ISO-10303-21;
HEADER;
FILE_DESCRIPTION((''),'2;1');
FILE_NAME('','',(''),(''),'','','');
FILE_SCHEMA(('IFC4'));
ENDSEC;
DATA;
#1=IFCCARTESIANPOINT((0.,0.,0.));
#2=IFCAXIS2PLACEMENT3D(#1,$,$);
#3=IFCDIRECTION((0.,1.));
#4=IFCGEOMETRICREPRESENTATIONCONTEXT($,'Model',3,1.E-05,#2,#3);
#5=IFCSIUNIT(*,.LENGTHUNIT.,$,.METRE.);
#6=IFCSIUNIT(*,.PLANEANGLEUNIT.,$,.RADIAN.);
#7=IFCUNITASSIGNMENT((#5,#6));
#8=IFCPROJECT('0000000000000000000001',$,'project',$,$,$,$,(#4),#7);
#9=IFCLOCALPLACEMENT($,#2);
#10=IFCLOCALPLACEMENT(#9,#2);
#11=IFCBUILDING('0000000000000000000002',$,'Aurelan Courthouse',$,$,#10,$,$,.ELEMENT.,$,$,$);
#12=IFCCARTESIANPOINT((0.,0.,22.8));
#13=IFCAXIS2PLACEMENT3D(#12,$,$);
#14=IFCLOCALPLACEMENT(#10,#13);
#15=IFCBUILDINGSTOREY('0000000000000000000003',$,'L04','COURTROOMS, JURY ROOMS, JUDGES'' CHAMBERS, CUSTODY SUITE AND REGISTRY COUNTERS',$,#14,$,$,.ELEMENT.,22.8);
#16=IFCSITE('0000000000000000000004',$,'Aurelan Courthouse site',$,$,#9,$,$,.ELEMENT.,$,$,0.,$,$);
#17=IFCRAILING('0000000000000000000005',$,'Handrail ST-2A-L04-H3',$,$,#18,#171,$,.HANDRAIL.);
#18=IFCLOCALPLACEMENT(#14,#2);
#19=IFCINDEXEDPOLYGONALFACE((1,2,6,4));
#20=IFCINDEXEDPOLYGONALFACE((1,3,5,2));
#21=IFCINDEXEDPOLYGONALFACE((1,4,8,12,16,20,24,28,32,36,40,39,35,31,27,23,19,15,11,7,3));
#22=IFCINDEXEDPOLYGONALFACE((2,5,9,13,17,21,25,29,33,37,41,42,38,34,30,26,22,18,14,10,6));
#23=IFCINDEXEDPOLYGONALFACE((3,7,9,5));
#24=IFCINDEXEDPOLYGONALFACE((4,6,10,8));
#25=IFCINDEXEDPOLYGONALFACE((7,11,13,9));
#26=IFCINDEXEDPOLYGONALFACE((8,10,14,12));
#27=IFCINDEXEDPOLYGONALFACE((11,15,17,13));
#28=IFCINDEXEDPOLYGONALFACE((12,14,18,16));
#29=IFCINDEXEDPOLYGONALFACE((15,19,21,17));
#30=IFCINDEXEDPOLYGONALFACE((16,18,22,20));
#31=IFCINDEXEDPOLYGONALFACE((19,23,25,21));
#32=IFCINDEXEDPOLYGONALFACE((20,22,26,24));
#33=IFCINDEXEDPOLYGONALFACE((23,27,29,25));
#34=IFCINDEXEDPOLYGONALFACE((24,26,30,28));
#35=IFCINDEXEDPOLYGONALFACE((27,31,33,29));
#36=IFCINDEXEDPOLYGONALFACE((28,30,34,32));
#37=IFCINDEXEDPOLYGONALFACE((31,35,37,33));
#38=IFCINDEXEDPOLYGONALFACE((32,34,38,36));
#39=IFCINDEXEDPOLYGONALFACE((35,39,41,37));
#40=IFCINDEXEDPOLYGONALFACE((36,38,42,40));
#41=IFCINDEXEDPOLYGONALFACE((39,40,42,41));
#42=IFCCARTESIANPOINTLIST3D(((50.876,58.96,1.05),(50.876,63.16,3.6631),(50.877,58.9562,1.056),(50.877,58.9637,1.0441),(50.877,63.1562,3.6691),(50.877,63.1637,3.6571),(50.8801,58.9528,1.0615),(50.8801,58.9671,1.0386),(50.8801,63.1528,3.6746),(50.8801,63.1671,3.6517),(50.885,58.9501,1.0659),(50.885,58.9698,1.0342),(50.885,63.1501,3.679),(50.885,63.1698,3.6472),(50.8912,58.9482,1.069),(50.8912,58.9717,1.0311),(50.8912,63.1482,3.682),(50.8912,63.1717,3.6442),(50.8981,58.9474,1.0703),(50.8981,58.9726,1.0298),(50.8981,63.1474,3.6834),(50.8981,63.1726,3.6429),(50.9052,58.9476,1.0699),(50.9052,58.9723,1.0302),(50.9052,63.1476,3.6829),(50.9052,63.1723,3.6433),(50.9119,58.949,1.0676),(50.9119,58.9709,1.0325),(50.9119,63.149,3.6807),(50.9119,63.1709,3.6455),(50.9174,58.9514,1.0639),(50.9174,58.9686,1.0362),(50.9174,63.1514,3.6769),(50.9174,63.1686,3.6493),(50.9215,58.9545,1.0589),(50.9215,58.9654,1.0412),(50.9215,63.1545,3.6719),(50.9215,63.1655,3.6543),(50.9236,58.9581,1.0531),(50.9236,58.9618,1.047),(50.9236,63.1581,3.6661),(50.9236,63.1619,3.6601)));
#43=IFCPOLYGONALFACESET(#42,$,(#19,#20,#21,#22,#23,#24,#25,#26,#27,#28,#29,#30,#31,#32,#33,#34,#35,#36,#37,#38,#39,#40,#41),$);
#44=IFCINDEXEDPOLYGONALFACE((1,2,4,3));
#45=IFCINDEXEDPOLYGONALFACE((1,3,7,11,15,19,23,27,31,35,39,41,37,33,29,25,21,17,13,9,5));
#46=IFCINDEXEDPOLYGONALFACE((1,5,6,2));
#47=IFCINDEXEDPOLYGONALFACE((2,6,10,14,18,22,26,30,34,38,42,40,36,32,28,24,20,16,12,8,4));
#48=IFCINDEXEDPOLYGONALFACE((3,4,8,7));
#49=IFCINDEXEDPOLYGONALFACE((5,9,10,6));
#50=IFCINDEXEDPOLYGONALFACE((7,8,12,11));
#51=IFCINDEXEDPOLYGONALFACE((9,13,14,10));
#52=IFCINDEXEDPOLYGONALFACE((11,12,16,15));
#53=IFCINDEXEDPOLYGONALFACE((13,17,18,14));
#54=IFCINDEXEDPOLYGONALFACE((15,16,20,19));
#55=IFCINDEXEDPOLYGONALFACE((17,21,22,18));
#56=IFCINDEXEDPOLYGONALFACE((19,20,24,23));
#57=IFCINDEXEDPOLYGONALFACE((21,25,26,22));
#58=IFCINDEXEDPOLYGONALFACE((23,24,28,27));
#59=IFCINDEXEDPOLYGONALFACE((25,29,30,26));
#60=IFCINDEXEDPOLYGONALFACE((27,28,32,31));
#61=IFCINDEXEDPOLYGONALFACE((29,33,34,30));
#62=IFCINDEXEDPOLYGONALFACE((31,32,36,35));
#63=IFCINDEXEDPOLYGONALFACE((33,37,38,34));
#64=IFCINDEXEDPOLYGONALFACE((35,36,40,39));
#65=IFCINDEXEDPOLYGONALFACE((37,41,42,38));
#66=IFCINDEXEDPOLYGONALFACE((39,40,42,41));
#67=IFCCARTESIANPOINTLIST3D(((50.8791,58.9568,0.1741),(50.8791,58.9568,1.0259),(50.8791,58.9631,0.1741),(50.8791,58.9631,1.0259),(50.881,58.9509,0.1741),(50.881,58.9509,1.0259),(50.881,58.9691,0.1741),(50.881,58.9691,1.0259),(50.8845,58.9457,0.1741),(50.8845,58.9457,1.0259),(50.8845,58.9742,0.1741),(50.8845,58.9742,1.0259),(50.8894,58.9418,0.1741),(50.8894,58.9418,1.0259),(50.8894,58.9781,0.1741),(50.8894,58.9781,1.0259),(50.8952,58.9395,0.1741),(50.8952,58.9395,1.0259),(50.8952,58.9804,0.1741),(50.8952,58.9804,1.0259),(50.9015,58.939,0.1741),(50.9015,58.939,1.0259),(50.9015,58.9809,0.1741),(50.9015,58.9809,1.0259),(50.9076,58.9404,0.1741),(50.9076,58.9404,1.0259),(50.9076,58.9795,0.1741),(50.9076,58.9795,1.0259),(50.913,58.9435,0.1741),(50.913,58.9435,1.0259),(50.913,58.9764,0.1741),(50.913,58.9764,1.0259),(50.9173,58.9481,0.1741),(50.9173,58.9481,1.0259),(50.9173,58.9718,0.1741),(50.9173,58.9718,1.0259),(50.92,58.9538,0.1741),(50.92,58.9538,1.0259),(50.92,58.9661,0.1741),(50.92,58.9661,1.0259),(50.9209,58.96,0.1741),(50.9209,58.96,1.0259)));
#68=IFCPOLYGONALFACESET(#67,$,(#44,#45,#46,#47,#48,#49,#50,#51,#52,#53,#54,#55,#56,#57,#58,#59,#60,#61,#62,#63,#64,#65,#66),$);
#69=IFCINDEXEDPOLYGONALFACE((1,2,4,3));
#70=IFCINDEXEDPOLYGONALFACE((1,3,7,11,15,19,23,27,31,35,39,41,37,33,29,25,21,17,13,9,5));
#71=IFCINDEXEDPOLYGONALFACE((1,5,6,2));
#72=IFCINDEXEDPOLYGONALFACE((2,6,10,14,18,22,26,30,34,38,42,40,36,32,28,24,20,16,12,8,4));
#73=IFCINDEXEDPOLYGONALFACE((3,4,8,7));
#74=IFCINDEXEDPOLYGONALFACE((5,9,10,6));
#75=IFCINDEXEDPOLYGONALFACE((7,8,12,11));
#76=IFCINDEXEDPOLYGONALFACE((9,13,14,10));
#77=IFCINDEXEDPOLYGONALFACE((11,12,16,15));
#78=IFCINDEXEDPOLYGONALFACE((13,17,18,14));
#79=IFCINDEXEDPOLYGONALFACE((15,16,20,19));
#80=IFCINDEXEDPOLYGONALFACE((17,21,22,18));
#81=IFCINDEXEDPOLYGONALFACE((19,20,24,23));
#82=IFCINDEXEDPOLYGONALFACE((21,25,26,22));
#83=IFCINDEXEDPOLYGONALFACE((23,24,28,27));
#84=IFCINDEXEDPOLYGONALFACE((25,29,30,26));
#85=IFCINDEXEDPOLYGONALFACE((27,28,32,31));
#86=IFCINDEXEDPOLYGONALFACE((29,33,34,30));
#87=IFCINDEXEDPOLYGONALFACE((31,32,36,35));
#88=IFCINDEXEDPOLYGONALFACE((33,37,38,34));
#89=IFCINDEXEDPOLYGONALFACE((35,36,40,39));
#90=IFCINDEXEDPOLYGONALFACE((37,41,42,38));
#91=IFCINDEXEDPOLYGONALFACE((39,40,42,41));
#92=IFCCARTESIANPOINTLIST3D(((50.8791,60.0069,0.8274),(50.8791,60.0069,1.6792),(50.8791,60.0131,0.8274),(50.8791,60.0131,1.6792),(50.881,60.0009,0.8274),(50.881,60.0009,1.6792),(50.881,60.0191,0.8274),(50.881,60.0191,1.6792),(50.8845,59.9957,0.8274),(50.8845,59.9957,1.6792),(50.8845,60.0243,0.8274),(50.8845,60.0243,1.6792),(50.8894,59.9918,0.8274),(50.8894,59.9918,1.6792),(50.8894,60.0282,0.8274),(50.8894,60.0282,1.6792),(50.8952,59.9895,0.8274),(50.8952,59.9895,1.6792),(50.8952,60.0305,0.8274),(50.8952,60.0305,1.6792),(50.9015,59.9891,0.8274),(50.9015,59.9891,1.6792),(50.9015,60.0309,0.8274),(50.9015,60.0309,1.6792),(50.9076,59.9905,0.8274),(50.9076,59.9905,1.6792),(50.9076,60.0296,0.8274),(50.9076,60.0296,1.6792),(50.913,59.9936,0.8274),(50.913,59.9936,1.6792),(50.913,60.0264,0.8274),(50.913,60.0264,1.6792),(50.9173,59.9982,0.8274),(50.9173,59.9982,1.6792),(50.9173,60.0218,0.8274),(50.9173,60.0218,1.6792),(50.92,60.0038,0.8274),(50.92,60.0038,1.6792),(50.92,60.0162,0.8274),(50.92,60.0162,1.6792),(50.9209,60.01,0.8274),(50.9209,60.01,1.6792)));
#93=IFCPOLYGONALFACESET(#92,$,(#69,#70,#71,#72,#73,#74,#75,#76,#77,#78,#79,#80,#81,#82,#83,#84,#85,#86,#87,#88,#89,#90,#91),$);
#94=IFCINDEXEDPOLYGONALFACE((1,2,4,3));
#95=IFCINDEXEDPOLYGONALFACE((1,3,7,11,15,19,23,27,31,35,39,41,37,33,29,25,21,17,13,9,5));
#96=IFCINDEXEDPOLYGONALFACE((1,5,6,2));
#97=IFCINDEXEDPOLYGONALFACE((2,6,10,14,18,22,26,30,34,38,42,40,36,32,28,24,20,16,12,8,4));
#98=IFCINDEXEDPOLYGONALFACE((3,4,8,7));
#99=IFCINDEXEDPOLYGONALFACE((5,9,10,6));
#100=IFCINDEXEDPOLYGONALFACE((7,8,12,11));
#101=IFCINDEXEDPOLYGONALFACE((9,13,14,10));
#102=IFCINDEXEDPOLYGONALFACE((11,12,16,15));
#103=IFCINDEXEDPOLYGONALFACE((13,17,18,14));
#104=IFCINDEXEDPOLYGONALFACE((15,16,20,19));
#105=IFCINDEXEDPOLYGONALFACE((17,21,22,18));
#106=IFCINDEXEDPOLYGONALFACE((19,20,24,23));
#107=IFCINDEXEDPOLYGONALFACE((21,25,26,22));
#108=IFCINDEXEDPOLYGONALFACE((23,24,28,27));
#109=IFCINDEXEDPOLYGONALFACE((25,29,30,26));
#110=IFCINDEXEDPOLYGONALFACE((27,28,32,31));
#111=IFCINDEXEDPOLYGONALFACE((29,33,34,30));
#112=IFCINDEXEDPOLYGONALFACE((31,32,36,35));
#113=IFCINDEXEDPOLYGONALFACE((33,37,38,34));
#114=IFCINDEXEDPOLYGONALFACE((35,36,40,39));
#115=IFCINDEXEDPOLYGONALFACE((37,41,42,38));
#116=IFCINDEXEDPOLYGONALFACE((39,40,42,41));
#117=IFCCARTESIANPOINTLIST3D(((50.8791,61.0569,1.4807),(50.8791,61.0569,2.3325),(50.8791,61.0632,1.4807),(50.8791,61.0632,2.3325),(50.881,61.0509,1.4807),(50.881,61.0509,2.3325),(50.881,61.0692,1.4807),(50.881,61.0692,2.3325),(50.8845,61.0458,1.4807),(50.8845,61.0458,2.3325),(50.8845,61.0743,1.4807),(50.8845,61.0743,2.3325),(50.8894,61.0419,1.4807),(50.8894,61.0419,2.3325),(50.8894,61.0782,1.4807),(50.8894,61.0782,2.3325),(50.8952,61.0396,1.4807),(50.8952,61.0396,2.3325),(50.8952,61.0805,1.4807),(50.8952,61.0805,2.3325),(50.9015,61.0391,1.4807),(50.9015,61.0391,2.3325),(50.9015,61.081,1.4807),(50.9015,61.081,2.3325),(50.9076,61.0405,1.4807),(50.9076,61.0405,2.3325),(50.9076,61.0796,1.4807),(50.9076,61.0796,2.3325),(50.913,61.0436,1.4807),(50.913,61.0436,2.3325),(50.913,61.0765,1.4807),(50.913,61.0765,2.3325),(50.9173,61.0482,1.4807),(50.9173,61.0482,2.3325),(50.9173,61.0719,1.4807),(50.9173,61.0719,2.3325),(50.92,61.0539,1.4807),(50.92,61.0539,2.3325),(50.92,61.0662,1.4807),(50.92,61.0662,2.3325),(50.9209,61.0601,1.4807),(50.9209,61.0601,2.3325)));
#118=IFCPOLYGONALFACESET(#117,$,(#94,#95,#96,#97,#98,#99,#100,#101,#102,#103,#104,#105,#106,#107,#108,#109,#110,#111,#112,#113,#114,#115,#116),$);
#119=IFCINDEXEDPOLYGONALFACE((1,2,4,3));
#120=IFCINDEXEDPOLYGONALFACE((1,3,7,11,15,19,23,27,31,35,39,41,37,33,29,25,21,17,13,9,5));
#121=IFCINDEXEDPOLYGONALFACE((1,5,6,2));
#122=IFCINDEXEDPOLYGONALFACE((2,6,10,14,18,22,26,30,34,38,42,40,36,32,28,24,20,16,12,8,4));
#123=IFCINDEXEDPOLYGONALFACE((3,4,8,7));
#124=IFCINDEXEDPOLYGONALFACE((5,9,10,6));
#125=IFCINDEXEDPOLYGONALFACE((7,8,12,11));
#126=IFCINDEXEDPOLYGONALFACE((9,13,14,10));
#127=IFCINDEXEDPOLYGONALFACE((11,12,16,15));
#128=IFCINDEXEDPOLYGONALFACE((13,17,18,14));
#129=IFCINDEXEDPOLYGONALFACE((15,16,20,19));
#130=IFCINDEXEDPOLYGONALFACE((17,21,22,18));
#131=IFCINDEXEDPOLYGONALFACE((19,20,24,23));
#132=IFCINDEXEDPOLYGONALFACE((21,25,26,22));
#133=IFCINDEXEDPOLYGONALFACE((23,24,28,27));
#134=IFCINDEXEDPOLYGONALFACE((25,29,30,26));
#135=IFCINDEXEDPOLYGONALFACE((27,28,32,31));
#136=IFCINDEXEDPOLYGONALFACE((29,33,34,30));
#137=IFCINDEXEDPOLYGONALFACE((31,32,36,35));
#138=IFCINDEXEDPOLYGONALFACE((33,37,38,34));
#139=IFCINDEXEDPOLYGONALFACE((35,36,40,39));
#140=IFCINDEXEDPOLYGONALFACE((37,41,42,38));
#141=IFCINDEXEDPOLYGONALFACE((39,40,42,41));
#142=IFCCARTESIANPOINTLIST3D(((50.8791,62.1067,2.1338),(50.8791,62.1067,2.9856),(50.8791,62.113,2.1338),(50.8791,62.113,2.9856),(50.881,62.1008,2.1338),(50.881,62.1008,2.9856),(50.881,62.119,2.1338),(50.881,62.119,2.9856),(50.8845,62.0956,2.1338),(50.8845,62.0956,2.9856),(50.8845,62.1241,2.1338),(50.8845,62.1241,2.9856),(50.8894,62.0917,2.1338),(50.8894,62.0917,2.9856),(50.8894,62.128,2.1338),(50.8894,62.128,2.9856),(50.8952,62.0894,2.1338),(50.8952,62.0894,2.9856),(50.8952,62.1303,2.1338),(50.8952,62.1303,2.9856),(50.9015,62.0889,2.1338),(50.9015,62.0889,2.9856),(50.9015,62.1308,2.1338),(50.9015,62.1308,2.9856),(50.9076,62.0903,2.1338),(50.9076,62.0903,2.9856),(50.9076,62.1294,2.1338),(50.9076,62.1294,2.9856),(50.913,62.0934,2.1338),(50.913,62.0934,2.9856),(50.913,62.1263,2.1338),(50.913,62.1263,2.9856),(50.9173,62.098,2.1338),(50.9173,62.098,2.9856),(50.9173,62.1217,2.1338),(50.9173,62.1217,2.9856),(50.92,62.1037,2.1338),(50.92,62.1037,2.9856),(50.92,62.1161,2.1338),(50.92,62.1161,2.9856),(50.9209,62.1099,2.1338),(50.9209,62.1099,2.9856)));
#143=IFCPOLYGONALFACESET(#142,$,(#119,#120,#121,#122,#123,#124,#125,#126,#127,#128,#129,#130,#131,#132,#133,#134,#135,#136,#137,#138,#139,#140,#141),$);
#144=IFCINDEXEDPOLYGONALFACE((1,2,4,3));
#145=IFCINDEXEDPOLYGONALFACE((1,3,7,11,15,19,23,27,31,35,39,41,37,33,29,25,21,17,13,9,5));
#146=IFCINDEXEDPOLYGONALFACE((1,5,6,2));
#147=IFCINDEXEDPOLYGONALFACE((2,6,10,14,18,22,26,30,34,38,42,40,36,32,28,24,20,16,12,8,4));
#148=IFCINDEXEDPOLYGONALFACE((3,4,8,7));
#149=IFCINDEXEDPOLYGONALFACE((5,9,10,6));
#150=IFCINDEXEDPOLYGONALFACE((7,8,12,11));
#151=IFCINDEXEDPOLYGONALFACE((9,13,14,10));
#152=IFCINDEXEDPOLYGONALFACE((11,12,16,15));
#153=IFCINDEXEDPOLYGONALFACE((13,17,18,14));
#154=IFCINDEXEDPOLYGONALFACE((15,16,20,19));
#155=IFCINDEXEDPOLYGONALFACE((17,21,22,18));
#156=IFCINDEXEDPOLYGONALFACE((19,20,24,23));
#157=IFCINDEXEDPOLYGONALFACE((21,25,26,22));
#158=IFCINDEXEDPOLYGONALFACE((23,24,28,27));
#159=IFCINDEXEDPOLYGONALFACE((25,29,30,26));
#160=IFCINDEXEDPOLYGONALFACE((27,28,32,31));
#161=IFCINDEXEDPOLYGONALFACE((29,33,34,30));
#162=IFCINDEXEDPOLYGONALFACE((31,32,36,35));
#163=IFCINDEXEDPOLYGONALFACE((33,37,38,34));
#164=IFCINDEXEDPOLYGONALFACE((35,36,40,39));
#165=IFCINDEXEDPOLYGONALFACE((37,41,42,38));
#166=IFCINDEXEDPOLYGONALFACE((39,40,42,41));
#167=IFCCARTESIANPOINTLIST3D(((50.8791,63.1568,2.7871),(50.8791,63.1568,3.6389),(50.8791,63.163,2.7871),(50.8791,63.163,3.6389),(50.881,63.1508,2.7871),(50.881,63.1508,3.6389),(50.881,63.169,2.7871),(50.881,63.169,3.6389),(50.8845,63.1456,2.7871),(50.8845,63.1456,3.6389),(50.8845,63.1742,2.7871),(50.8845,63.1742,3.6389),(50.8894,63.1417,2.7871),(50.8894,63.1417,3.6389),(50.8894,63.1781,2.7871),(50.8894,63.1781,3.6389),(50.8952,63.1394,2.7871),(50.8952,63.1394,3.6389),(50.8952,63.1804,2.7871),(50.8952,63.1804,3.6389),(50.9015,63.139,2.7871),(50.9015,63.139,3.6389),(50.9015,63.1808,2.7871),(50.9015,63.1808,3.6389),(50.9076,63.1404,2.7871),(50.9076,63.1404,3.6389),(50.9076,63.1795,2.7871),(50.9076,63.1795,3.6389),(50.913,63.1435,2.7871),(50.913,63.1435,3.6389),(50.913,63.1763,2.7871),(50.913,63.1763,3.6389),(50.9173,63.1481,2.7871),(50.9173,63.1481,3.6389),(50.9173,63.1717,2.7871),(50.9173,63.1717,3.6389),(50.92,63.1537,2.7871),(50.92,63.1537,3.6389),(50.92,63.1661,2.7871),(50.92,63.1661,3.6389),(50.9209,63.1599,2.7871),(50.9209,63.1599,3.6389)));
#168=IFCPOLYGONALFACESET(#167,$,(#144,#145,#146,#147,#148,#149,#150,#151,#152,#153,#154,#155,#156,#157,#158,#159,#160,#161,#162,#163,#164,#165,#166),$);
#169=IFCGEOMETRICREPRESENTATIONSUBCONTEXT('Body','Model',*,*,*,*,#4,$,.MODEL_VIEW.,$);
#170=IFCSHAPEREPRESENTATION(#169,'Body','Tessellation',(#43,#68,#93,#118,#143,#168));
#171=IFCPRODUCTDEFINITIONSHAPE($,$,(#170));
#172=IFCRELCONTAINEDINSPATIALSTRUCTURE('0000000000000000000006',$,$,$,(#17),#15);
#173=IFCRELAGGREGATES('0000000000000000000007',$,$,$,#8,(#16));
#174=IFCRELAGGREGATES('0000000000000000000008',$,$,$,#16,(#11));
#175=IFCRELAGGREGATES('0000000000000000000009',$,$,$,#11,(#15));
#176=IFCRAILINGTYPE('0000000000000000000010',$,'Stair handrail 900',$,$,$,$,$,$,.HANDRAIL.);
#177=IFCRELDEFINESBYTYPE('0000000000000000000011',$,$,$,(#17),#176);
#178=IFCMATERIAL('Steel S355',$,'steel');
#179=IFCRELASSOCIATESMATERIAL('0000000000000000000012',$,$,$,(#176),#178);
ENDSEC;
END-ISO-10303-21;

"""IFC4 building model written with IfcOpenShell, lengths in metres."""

from ifc_helpers import new_model, si_unit, direction, frame, origin, origin_2d, place, context, subcontext, project, spatial, circle, extrude, material, type_object, element, save


model = new_model("IFC4")

# Units and contexts
model_context = context("Model", 3, precision=1e-05, world=origin(), true_north=direction((0.0, 1.0)))
body_context = subcontext(model_context, "Body", "Model", "MODEL_VIEW")
ifc_project = project(units=[si_unit("LENGTHUNIT", "METRE"), si_unit("PLANEANGLEUNIT", "RADIAN")], contexts=[model_context])

# Site, building, storey
site_placement = place(None, origin())
site = spatial("IfcSite", under=ifc_project, at=site_placement, Name="Aurelan Courthouse site", CompositionType="ELEMENT", RefElevation=0.0)
building_placement = place(site_placement, origin())
building = spatial("IfcBuilding", under=site, at=building_placement, Name="Aurelan Courthouse", CompositionType="ELEMENT")
storey_placement = place(building_placement, frame((0.0, 0.0, 22.8)))
storey = spatial("IfcBuildingStorey", under=building, at=storey_placement, Name="L04", Description="COURTROOMS, JURY ROOMS, JUDGES' CHAMBERS, CUSTODY SUITE AND REGISTRY COUNTERS", CompositionType="ELEMENT", Elevation=22.8)

# Railing
ifc_material_1 = material(Name="Steel S355", Category="steel")
railing_type_1 = type_object("IfcRailingType", Name="Stair handrail 900", PredefinedType="HANDRAIL", material=ifc_material_1)
for number, where, name in (
    (1, (50.8999, 58.96, 0.1741), "Handrail ST-2A-L04-H3"),
):
    element("IfcRailing", number, at=place(storey_placement, frame(where)), inside=storey, type_object=railing_type_1, Name=name, PredefinedType="HANDRAIL", context=body_context, shape_type="SweptSolid", body=[
        extrude(circle(Radius=0.0239, at=origin_2d()), frame((0.0, 0.0, 0.876), z_axis=(0.0, 0.849081, 0.528263), x_axis=(-1.0, 0.0, 0.0)), (0.0, 0.0, 1.0), 4.9465),
        extrude(circle(Radius=0.021, at=origin_2d()), origin(), (0.0, 0.0, 1.0), 0.8518),
        extrude(circle(Radius=0.021, at=origin_2d()), frame((0.0, 1.05, 0.6533)), (0.0, 0.0, 1.0), 0.8518),
        extrude(circle(Radius=0.021, at=origin_2d()), frame((0.0, 2.1001, 1.3066)), (0.0, 0.0, 1.0), 0.8518),
        extrude(circle(Radius=0.021, at=origin_2d()), frame((0.0, 3.1499, 1.9597)), (0.0, 0.0, 1.0), 0.8518),
        extrude(circle(Radius=0.021, at=origin_2d()), frame((0.0, 4.2, 2.613)), (0.0, 0.0, 1.0), 0.8518),
    ])

save(model, "model.ifc")
